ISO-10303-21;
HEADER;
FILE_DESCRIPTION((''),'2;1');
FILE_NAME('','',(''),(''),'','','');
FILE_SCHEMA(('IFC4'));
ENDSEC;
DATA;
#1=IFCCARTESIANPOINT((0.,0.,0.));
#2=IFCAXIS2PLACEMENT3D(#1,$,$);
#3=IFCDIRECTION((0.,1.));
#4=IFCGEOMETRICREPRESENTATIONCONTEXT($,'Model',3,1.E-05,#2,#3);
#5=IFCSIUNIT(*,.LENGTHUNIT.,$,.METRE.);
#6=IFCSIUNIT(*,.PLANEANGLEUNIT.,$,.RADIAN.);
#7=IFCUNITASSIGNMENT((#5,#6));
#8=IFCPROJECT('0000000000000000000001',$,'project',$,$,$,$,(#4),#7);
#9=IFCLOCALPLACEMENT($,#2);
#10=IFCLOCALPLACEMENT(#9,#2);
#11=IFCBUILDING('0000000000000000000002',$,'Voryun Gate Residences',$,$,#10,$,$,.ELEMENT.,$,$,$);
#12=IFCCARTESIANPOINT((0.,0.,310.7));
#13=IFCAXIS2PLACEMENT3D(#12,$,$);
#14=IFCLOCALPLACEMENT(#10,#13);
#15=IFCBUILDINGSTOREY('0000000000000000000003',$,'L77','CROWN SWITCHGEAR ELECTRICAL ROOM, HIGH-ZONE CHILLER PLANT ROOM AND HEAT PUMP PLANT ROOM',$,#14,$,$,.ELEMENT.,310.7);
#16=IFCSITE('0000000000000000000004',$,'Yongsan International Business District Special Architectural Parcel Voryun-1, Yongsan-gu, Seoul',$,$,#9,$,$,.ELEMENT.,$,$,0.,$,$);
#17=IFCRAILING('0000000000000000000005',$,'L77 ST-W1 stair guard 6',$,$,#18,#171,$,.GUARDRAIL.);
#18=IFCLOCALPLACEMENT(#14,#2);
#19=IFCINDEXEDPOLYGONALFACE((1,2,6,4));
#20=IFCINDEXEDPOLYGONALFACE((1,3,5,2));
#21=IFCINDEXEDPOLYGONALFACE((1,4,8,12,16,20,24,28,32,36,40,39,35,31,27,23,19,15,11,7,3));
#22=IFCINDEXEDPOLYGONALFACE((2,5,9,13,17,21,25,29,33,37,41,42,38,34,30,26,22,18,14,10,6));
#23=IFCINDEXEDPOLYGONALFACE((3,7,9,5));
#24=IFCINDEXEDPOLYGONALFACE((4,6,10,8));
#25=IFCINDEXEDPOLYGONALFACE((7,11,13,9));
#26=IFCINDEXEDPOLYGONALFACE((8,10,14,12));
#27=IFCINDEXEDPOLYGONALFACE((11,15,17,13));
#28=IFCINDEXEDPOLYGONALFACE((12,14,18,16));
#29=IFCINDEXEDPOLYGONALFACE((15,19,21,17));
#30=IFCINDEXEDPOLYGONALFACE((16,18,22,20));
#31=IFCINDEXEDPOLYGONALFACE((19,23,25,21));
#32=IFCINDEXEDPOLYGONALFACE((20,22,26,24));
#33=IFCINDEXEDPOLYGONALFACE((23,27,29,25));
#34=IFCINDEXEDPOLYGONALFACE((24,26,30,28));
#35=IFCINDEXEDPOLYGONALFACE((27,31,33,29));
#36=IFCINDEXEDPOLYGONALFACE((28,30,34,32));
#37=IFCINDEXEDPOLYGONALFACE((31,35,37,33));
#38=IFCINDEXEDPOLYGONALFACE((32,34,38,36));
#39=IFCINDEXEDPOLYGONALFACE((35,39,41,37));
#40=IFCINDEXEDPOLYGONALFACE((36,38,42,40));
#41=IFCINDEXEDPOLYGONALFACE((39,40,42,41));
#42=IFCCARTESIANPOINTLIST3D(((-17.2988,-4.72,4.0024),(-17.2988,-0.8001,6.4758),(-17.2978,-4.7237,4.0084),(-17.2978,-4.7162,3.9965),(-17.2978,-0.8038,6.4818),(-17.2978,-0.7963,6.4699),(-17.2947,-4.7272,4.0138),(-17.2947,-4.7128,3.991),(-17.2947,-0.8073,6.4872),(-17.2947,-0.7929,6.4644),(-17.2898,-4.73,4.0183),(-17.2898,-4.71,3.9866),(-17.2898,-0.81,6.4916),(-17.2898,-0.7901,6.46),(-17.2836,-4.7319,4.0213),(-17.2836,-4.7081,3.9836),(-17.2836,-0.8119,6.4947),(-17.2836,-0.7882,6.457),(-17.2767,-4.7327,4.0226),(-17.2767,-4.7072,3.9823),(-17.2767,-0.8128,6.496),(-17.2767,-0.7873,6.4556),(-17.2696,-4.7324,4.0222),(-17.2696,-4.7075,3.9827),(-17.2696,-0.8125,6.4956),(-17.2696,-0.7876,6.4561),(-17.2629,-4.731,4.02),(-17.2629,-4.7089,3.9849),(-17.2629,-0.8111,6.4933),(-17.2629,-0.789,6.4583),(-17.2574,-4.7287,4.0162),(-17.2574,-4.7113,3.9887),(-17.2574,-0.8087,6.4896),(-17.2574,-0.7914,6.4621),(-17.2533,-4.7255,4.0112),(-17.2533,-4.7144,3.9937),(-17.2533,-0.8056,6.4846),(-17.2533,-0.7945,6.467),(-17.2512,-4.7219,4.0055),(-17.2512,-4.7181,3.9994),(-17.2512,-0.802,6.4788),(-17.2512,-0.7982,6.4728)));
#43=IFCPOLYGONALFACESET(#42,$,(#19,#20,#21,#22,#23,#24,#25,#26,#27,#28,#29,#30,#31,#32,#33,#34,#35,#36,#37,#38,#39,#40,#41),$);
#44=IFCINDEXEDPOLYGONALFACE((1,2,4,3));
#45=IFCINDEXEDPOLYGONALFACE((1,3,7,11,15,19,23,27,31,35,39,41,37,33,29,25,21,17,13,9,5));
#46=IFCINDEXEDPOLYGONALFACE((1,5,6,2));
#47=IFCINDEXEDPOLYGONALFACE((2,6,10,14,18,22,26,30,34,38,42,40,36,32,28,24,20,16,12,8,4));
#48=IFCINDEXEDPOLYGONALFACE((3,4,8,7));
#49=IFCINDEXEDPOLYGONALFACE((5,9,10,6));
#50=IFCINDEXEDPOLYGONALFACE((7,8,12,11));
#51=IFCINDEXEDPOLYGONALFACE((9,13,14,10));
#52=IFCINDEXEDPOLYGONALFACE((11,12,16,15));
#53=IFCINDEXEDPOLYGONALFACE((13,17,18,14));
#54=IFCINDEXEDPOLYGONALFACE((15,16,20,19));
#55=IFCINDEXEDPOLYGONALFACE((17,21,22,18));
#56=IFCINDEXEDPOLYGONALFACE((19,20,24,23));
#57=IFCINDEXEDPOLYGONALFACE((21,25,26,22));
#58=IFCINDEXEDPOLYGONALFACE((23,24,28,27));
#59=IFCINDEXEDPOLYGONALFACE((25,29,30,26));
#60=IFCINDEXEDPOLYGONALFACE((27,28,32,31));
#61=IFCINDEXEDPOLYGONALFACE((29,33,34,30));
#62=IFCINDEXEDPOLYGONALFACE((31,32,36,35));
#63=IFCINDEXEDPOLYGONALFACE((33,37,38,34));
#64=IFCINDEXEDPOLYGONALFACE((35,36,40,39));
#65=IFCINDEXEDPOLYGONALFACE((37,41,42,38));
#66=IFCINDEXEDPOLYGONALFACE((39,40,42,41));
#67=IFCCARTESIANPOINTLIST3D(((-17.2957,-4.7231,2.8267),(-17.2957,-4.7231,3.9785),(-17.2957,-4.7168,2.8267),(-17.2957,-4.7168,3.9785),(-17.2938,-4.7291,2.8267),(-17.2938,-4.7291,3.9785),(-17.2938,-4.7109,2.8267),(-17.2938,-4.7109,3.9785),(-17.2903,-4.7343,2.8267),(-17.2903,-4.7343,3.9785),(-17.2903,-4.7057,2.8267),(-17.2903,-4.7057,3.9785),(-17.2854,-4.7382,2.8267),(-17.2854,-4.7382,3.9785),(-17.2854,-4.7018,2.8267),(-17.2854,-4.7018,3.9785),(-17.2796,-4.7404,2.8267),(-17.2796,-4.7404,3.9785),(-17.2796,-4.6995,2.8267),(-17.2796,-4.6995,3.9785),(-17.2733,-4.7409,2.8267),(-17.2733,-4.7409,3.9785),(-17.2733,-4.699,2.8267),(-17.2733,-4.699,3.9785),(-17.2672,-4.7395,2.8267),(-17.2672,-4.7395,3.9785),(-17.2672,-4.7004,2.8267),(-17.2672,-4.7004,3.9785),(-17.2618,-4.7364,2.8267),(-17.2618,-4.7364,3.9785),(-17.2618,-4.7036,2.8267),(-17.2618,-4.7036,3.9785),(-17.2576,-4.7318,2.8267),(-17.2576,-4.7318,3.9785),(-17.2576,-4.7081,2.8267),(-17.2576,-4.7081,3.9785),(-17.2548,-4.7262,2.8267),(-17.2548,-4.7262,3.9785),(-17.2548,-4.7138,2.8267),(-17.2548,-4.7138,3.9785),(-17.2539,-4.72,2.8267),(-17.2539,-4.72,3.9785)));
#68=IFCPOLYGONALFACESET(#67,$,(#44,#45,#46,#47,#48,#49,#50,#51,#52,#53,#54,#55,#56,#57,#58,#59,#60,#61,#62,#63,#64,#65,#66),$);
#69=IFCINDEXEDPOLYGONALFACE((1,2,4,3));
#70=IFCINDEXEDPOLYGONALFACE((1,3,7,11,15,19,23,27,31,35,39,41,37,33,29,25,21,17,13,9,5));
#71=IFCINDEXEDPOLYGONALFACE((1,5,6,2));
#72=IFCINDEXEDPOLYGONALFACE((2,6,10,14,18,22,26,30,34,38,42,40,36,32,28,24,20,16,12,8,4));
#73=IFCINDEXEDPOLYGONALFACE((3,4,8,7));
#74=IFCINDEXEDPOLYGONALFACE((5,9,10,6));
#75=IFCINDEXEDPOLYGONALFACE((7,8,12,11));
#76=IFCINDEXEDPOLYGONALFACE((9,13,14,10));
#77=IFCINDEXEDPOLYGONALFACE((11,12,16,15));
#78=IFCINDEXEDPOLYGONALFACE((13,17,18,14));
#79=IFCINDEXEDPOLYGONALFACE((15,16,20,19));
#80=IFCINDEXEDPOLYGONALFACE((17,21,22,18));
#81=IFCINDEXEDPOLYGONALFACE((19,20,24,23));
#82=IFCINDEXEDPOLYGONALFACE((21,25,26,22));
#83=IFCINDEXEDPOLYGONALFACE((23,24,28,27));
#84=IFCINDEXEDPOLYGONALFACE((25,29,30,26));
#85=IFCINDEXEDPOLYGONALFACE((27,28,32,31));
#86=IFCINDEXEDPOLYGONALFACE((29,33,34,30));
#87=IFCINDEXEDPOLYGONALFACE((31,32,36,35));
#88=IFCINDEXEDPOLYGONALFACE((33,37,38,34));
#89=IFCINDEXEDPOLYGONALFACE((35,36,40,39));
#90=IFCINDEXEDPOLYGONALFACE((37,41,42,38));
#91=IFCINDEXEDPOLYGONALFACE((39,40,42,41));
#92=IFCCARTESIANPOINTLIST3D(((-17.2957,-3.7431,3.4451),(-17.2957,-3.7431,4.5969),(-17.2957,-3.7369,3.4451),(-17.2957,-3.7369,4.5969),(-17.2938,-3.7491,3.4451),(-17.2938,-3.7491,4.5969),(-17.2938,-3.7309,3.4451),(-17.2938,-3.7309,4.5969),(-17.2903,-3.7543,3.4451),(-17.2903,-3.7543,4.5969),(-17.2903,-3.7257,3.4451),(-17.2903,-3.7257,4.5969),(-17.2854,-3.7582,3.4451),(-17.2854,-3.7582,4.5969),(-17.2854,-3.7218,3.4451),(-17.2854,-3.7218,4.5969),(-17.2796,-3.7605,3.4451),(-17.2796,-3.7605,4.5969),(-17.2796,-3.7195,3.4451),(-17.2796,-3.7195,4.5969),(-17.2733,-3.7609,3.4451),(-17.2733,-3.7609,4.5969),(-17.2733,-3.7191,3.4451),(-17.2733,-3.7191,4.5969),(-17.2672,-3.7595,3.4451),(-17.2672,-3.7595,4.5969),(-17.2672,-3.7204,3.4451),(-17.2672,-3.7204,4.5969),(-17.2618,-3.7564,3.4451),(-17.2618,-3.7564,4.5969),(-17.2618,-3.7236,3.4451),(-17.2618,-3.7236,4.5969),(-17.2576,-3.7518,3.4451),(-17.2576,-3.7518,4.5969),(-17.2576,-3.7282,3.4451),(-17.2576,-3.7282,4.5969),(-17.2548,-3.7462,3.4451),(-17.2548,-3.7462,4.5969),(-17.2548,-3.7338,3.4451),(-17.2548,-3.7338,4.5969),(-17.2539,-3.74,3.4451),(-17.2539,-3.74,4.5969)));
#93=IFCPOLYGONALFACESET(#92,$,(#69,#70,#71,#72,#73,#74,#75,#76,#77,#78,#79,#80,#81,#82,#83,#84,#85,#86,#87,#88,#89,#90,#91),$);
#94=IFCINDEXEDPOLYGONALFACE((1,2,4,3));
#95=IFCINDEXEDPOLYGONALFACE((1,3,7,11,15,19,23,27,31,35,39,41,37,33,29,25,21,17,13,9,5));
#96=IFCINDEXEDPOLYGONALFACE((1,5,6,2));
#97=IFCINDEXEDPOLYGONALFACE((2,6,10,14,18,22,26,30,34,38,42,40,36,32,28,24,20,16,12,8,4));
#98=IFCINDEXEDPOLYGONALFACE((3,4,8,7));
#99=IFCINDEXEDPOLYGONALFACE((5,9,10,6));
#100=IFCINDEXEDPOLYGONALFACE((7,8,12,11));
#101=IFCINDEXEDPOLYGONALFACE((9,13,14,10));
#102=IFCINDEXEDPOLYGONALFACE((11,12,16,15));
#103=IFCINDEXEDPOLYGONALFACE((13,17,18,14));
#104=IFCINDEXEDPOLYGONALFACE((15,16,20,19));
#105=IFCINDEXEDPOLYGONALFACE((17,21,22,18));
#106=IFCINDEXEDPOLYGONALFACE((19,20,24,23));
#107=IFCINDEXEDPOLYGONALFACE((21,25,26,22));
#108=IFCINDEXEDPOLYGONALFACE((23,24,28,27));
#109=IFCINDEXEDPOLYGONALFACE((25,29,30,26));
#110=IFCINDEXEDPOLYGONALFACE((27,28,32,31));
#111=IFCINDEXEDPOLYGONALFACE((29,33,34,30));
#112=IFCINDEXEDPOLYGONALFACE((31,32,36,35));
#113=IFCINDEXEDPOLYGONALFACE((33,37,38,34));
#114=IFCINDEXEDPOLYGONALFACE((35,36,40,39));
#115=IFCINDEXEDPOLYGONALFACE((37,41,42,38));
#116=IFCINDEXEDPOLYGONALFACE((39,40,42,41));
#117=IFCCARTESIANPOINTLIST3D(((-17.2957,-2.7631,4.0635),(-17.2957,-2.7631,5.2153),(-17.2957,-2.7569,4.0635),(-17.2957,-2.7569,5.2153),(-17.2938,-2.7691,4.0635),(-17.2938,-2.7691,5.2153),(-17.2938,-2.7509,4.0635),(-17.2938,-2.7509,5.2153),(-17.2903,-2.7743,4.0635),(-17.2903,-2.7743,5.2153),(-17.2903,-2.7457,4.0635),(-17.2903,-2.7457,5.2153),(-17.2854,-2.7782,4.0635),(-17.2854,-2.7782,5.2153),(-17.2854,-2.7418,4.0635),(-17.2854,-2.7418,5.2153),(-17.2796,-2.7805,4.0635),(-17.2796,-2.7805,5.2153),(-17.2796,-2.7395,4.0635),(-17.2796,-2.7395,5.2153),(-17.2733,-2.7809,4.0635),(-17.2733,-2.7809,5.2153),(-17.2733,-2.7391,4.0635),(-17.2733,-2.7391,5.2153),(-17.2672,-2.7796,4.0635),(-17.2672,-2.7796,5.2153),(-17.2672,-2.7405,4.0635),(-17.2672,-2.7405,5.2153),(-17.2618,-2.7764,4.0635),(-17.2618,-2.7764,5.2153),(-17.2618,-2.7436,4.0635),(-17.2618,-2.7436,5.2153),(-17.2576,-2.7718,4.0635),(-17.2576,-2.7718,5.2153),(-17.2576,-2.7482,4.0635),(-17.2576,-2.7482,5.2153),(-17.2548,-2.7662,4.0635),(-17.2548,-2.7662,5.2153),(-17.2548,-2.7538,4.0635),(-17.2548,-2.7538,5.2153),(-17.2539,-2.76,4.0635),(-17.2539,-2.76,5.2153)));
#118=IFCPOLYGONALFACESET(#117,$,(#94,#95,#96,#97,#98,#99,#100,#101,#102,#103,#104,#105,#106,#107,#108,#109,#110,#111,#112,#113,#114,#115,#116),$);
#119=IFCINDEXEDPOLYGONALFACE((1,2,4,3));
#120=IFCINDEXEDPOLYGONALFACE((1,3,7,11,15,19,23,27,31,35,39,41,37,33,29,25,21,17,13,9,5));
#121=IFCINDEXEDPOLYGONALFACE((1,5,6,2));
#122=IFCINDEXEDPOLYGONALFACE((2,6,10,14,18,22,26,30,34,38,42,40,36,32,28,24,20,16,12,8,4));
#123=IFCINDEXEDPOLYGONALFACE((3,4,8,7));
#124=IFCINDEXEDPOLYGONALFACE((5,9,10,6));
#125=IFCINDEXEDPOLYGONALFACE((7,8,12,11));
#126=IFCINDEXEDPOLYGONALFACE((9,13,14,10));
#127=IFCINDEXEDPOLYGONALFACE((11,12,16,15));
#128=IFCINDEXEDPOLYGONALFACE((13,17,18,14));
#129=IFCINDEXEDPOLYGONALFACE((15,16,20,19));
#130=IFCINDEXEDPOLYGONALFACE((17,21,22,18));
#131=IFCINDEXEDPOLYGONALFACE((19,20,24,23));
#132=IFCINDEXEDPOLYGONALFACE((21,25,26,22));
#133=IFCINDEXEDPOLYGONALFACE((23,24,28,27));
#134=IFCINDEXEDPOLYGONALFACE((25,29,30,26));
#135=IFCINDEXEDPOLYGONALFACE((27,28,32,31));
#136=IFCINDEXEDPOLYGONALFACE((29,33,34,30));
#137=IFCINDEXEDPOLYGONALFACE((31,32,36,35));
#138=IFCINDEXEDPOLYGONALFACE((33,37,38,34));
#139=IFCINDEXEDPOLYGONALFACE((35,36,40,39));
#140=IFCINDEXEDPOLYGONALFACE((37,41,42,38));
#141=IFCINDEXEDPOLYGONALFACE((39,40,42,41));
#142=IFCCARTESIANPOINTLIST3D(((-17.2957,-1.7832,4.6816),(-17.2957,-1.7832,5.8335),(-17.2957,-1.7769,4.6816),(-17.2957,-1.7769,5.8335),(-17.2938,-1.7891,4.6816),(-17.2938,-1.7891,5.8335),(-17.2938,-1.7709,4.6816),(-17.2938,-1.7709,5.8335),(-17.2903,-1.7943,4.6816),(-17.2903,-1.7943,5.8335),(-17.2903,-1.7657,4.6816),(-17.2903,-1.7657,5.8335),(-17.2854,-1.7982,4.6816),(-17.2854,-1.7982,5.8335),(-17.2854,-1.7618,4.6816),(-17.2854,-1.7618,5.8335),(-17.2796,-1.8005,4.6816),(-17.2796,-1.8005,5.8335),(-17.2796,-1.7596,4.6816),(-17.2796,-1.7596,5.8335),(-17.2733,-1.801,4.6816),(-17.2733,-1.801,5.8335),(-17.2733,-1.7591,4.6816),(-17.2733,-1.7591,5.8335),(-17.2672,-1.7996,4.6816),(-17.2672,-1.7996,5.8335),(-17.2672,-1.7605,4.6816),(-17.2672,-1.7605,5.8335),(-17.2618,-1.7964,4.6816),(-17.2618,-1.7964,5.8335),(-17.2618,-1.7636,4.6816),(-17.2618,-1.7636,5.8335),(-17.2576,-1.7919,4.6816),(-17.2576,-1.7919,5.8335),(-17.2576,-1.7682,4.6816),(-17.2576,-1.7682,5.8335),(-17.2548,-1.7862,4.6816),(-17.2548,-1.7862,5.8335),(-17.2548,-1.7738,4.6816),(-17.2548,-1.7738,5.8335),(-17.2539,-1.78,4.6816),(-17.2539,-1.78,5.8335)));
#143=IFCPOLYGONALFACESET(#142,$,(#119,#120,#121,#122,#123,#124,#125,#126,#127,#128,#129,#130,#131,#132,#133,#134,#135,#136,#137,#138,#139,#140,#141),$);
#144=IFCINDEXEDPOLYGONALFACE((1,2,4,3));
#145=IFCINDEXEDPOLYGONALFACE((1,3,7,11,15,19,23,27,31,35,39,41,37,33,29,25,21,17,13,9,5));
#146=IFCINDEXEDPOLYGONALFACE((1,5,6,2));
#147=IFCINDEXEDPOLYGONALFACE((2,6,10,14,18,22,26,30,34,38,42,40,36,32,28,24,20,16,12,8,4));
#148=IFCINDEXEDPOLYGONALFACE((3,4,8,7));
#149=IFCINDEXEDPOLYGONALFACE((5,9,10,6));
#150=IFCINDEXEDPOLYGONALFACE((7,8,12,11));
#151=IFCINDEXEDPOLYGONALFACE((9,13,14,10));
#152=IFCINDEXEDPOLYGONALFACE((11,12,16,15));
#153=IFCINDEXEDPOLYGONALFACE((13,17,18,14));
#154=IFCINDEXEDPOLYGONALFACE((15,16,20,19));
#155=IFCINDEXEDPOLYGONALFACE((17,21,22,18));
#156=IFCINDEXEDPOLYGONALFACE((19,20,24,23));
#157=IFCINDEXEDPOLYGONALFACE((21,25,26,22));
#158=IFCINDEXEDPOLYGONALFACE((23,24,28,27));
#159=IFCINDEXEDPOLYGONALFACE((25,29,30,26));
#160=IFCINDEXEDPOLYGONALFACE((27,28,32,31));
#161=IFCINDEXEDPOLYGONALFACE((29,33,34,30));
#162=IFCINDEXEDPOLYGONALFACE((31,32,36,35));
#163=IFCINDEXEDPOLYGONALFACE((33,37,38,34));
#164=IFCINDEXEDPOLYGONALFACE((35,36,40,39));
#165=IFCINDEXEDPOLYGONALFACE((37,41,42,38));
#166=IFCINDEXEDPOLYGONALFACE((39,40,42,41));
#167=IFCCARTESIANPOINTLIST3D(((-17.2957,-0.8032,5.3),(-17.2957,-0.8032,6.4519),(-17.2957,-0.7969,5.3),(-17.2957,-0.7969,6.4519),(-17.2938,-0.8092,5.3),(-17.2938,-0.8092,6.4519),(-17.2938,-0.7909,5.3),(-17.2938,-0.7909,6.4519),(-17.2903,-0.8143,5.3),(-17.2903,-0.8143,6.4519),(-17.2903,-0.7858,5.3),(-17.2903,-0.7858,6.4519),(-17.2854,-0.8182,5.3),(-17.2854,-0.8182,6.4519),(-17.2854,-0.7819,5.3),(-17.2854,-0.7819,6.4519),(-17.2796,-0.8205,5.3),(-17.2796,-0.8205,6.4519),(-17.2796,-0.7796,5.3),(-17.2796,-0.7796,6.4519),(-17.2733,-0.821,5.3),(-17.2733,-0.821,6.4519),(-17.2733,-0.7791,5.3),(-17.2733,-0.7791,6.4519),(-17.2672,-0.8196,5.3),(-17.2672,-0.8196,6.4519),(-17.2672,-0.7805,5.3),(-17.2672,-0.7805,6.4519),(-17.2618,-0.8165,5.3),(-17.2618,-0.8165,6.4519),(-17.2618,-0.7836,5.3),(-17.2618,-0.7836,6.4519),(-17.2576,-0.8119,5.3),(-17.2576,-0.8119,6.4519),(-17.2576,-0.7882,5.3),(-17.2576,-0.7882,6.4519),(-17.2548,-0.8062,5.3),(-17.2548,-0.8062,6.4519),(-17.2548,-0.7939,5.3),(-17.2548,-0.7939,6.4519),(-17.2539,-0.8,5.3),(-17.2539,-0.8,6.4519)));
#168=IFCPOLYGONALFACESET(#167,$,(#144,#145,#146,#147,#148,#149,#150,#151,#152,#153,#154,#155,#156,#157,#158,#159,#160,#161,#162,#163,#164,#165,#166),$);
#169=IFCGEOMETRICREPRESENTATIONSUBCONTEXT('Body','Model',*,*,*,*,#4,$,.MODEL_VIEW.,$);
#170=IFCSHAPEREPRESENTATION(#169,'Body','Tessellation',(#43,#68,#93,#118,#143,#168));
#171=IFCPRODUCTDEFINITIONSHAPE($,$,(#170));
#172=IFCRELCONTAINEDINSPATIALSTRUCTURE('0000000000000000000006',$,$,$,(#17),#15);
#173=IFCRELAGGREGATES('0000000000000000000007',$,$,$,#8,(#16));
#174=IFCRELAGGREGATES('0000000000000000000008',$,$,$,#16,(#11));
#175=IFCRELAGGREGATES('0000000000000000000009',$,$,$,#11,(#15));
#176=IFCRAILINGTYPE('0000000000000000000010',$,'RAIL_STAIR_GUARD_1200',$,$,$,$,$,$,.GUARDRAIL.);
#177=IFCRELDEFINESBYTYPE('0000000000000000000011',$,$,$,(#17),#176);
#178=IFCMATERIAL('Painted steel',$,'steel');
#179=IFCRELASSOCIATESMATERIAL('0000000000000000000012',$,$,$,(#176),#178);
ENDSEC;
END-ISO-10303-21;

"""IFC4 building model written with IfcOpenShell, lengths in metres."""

from ifc_helpers import new_model, si_unit, direction, frame, origin, origin_2d, place, context, subcontext, project, spatial, circle, extrude, material, type_object, element, save


model = new_model("IFC4")

# Units and contexts
model_context = context("Model", 3, precision=1e-05, world=origin(), true_north=direction((0.0, 1.0)))
body_context = subcontext(model_context, "Body", "Model", "MODEL_VIEW")
ifc_project = project(units=[si_unit("LENGTHUNIT", "METRE"), si_unit("PLANEANGLEUNIT", "RADIAN")], contexts=[model_context])

# Site, building, storey
site_placement = place(None, origin())
site = spatial("IfcSite", under=ifc_project, at=site_placement, Name="Yongsan International Business District Special Architectural Parcel Voryun-1, Yongsan-gu, Seoul", CompositionType="ELEMENT", RefElevation=0.0)
building_placement = place(site_placement, origin())
building = spatial("IfcBuilding", under=site, at=building_placement, Name="Voryun Gate Residences", CompositionType="ELEMENT")
storey_placement = place(building_placement, frame((0.0, 0.0, 310.7)))
storey = spatial("IfcBuildingStorey", under=building, at=storey_placement, Name="L77", Description="CROWN SWITCHGEAR ELECTRICAL ROOM, HIGH-ZONE CHILLER PLANT ROOM AND HEAT PUMP PLANT ROOM", CompositionType="ELEMENT", Elevation=310.7)

# Railing
ifc_material_1 = material(Name="Painted steel", Category="steel")
railing_type_1 = type_object("IfcRailingType", Name="RAIL_STAIR_GUARD_1200", PredefinedType="GUARDRAIL", material=ifc_material_1)
railing_1_placement = place(storey_placement, frame((-17.2749, -4.72, 2.8267)))
element("IfcRailing", 1, at=railing_1_placement, inside=storey, type_object=railing_type_1, Name="L77 ST-W1 stair guard 6", PredefinedType="GUARDRAIL", context=body_context, shape_type="SweptSolid", body=[
    extrude(circle(Radius=0.0239, at=origin_2d()), frame((0.0, 0.0, 1.1758), z_axis=(0.0, 0.845718, 0.53363), x_axis=(-1.0, 0.0, 0.0)), (0.0, 0.0, 1.0), 4.635),
    extrude(circle(Radius=0.021, at=origin_2d()), origin(), (0.0, 0.0, 1.0), 1.1519),
    extrude(circle(Radius=0.021, at=origin_2d()), frame((0.0, 0.98, 0.6184)), (0.0, 0.0, 1.0), 1.1519),
    extrude(circle(Radius=0.021, at=origin_2d()), frame((0.0, 1.96, 1.2368)), (0.0, 0.0, 1.0), 1.1519),
    extrude(circle(Radius=0.021, at=origin_2d()), frame((0.0, 2.9399, 1.855)), (0.0, 0.0, 1.0), 1.1519),
    extrude(circle(Radius=0.021, at=origin_2d()), frame((0.0, 3.9199, 2.4734)), (0.0, 0.0, 1.0), 1.1519),
])

save(model, "model.ifc")
